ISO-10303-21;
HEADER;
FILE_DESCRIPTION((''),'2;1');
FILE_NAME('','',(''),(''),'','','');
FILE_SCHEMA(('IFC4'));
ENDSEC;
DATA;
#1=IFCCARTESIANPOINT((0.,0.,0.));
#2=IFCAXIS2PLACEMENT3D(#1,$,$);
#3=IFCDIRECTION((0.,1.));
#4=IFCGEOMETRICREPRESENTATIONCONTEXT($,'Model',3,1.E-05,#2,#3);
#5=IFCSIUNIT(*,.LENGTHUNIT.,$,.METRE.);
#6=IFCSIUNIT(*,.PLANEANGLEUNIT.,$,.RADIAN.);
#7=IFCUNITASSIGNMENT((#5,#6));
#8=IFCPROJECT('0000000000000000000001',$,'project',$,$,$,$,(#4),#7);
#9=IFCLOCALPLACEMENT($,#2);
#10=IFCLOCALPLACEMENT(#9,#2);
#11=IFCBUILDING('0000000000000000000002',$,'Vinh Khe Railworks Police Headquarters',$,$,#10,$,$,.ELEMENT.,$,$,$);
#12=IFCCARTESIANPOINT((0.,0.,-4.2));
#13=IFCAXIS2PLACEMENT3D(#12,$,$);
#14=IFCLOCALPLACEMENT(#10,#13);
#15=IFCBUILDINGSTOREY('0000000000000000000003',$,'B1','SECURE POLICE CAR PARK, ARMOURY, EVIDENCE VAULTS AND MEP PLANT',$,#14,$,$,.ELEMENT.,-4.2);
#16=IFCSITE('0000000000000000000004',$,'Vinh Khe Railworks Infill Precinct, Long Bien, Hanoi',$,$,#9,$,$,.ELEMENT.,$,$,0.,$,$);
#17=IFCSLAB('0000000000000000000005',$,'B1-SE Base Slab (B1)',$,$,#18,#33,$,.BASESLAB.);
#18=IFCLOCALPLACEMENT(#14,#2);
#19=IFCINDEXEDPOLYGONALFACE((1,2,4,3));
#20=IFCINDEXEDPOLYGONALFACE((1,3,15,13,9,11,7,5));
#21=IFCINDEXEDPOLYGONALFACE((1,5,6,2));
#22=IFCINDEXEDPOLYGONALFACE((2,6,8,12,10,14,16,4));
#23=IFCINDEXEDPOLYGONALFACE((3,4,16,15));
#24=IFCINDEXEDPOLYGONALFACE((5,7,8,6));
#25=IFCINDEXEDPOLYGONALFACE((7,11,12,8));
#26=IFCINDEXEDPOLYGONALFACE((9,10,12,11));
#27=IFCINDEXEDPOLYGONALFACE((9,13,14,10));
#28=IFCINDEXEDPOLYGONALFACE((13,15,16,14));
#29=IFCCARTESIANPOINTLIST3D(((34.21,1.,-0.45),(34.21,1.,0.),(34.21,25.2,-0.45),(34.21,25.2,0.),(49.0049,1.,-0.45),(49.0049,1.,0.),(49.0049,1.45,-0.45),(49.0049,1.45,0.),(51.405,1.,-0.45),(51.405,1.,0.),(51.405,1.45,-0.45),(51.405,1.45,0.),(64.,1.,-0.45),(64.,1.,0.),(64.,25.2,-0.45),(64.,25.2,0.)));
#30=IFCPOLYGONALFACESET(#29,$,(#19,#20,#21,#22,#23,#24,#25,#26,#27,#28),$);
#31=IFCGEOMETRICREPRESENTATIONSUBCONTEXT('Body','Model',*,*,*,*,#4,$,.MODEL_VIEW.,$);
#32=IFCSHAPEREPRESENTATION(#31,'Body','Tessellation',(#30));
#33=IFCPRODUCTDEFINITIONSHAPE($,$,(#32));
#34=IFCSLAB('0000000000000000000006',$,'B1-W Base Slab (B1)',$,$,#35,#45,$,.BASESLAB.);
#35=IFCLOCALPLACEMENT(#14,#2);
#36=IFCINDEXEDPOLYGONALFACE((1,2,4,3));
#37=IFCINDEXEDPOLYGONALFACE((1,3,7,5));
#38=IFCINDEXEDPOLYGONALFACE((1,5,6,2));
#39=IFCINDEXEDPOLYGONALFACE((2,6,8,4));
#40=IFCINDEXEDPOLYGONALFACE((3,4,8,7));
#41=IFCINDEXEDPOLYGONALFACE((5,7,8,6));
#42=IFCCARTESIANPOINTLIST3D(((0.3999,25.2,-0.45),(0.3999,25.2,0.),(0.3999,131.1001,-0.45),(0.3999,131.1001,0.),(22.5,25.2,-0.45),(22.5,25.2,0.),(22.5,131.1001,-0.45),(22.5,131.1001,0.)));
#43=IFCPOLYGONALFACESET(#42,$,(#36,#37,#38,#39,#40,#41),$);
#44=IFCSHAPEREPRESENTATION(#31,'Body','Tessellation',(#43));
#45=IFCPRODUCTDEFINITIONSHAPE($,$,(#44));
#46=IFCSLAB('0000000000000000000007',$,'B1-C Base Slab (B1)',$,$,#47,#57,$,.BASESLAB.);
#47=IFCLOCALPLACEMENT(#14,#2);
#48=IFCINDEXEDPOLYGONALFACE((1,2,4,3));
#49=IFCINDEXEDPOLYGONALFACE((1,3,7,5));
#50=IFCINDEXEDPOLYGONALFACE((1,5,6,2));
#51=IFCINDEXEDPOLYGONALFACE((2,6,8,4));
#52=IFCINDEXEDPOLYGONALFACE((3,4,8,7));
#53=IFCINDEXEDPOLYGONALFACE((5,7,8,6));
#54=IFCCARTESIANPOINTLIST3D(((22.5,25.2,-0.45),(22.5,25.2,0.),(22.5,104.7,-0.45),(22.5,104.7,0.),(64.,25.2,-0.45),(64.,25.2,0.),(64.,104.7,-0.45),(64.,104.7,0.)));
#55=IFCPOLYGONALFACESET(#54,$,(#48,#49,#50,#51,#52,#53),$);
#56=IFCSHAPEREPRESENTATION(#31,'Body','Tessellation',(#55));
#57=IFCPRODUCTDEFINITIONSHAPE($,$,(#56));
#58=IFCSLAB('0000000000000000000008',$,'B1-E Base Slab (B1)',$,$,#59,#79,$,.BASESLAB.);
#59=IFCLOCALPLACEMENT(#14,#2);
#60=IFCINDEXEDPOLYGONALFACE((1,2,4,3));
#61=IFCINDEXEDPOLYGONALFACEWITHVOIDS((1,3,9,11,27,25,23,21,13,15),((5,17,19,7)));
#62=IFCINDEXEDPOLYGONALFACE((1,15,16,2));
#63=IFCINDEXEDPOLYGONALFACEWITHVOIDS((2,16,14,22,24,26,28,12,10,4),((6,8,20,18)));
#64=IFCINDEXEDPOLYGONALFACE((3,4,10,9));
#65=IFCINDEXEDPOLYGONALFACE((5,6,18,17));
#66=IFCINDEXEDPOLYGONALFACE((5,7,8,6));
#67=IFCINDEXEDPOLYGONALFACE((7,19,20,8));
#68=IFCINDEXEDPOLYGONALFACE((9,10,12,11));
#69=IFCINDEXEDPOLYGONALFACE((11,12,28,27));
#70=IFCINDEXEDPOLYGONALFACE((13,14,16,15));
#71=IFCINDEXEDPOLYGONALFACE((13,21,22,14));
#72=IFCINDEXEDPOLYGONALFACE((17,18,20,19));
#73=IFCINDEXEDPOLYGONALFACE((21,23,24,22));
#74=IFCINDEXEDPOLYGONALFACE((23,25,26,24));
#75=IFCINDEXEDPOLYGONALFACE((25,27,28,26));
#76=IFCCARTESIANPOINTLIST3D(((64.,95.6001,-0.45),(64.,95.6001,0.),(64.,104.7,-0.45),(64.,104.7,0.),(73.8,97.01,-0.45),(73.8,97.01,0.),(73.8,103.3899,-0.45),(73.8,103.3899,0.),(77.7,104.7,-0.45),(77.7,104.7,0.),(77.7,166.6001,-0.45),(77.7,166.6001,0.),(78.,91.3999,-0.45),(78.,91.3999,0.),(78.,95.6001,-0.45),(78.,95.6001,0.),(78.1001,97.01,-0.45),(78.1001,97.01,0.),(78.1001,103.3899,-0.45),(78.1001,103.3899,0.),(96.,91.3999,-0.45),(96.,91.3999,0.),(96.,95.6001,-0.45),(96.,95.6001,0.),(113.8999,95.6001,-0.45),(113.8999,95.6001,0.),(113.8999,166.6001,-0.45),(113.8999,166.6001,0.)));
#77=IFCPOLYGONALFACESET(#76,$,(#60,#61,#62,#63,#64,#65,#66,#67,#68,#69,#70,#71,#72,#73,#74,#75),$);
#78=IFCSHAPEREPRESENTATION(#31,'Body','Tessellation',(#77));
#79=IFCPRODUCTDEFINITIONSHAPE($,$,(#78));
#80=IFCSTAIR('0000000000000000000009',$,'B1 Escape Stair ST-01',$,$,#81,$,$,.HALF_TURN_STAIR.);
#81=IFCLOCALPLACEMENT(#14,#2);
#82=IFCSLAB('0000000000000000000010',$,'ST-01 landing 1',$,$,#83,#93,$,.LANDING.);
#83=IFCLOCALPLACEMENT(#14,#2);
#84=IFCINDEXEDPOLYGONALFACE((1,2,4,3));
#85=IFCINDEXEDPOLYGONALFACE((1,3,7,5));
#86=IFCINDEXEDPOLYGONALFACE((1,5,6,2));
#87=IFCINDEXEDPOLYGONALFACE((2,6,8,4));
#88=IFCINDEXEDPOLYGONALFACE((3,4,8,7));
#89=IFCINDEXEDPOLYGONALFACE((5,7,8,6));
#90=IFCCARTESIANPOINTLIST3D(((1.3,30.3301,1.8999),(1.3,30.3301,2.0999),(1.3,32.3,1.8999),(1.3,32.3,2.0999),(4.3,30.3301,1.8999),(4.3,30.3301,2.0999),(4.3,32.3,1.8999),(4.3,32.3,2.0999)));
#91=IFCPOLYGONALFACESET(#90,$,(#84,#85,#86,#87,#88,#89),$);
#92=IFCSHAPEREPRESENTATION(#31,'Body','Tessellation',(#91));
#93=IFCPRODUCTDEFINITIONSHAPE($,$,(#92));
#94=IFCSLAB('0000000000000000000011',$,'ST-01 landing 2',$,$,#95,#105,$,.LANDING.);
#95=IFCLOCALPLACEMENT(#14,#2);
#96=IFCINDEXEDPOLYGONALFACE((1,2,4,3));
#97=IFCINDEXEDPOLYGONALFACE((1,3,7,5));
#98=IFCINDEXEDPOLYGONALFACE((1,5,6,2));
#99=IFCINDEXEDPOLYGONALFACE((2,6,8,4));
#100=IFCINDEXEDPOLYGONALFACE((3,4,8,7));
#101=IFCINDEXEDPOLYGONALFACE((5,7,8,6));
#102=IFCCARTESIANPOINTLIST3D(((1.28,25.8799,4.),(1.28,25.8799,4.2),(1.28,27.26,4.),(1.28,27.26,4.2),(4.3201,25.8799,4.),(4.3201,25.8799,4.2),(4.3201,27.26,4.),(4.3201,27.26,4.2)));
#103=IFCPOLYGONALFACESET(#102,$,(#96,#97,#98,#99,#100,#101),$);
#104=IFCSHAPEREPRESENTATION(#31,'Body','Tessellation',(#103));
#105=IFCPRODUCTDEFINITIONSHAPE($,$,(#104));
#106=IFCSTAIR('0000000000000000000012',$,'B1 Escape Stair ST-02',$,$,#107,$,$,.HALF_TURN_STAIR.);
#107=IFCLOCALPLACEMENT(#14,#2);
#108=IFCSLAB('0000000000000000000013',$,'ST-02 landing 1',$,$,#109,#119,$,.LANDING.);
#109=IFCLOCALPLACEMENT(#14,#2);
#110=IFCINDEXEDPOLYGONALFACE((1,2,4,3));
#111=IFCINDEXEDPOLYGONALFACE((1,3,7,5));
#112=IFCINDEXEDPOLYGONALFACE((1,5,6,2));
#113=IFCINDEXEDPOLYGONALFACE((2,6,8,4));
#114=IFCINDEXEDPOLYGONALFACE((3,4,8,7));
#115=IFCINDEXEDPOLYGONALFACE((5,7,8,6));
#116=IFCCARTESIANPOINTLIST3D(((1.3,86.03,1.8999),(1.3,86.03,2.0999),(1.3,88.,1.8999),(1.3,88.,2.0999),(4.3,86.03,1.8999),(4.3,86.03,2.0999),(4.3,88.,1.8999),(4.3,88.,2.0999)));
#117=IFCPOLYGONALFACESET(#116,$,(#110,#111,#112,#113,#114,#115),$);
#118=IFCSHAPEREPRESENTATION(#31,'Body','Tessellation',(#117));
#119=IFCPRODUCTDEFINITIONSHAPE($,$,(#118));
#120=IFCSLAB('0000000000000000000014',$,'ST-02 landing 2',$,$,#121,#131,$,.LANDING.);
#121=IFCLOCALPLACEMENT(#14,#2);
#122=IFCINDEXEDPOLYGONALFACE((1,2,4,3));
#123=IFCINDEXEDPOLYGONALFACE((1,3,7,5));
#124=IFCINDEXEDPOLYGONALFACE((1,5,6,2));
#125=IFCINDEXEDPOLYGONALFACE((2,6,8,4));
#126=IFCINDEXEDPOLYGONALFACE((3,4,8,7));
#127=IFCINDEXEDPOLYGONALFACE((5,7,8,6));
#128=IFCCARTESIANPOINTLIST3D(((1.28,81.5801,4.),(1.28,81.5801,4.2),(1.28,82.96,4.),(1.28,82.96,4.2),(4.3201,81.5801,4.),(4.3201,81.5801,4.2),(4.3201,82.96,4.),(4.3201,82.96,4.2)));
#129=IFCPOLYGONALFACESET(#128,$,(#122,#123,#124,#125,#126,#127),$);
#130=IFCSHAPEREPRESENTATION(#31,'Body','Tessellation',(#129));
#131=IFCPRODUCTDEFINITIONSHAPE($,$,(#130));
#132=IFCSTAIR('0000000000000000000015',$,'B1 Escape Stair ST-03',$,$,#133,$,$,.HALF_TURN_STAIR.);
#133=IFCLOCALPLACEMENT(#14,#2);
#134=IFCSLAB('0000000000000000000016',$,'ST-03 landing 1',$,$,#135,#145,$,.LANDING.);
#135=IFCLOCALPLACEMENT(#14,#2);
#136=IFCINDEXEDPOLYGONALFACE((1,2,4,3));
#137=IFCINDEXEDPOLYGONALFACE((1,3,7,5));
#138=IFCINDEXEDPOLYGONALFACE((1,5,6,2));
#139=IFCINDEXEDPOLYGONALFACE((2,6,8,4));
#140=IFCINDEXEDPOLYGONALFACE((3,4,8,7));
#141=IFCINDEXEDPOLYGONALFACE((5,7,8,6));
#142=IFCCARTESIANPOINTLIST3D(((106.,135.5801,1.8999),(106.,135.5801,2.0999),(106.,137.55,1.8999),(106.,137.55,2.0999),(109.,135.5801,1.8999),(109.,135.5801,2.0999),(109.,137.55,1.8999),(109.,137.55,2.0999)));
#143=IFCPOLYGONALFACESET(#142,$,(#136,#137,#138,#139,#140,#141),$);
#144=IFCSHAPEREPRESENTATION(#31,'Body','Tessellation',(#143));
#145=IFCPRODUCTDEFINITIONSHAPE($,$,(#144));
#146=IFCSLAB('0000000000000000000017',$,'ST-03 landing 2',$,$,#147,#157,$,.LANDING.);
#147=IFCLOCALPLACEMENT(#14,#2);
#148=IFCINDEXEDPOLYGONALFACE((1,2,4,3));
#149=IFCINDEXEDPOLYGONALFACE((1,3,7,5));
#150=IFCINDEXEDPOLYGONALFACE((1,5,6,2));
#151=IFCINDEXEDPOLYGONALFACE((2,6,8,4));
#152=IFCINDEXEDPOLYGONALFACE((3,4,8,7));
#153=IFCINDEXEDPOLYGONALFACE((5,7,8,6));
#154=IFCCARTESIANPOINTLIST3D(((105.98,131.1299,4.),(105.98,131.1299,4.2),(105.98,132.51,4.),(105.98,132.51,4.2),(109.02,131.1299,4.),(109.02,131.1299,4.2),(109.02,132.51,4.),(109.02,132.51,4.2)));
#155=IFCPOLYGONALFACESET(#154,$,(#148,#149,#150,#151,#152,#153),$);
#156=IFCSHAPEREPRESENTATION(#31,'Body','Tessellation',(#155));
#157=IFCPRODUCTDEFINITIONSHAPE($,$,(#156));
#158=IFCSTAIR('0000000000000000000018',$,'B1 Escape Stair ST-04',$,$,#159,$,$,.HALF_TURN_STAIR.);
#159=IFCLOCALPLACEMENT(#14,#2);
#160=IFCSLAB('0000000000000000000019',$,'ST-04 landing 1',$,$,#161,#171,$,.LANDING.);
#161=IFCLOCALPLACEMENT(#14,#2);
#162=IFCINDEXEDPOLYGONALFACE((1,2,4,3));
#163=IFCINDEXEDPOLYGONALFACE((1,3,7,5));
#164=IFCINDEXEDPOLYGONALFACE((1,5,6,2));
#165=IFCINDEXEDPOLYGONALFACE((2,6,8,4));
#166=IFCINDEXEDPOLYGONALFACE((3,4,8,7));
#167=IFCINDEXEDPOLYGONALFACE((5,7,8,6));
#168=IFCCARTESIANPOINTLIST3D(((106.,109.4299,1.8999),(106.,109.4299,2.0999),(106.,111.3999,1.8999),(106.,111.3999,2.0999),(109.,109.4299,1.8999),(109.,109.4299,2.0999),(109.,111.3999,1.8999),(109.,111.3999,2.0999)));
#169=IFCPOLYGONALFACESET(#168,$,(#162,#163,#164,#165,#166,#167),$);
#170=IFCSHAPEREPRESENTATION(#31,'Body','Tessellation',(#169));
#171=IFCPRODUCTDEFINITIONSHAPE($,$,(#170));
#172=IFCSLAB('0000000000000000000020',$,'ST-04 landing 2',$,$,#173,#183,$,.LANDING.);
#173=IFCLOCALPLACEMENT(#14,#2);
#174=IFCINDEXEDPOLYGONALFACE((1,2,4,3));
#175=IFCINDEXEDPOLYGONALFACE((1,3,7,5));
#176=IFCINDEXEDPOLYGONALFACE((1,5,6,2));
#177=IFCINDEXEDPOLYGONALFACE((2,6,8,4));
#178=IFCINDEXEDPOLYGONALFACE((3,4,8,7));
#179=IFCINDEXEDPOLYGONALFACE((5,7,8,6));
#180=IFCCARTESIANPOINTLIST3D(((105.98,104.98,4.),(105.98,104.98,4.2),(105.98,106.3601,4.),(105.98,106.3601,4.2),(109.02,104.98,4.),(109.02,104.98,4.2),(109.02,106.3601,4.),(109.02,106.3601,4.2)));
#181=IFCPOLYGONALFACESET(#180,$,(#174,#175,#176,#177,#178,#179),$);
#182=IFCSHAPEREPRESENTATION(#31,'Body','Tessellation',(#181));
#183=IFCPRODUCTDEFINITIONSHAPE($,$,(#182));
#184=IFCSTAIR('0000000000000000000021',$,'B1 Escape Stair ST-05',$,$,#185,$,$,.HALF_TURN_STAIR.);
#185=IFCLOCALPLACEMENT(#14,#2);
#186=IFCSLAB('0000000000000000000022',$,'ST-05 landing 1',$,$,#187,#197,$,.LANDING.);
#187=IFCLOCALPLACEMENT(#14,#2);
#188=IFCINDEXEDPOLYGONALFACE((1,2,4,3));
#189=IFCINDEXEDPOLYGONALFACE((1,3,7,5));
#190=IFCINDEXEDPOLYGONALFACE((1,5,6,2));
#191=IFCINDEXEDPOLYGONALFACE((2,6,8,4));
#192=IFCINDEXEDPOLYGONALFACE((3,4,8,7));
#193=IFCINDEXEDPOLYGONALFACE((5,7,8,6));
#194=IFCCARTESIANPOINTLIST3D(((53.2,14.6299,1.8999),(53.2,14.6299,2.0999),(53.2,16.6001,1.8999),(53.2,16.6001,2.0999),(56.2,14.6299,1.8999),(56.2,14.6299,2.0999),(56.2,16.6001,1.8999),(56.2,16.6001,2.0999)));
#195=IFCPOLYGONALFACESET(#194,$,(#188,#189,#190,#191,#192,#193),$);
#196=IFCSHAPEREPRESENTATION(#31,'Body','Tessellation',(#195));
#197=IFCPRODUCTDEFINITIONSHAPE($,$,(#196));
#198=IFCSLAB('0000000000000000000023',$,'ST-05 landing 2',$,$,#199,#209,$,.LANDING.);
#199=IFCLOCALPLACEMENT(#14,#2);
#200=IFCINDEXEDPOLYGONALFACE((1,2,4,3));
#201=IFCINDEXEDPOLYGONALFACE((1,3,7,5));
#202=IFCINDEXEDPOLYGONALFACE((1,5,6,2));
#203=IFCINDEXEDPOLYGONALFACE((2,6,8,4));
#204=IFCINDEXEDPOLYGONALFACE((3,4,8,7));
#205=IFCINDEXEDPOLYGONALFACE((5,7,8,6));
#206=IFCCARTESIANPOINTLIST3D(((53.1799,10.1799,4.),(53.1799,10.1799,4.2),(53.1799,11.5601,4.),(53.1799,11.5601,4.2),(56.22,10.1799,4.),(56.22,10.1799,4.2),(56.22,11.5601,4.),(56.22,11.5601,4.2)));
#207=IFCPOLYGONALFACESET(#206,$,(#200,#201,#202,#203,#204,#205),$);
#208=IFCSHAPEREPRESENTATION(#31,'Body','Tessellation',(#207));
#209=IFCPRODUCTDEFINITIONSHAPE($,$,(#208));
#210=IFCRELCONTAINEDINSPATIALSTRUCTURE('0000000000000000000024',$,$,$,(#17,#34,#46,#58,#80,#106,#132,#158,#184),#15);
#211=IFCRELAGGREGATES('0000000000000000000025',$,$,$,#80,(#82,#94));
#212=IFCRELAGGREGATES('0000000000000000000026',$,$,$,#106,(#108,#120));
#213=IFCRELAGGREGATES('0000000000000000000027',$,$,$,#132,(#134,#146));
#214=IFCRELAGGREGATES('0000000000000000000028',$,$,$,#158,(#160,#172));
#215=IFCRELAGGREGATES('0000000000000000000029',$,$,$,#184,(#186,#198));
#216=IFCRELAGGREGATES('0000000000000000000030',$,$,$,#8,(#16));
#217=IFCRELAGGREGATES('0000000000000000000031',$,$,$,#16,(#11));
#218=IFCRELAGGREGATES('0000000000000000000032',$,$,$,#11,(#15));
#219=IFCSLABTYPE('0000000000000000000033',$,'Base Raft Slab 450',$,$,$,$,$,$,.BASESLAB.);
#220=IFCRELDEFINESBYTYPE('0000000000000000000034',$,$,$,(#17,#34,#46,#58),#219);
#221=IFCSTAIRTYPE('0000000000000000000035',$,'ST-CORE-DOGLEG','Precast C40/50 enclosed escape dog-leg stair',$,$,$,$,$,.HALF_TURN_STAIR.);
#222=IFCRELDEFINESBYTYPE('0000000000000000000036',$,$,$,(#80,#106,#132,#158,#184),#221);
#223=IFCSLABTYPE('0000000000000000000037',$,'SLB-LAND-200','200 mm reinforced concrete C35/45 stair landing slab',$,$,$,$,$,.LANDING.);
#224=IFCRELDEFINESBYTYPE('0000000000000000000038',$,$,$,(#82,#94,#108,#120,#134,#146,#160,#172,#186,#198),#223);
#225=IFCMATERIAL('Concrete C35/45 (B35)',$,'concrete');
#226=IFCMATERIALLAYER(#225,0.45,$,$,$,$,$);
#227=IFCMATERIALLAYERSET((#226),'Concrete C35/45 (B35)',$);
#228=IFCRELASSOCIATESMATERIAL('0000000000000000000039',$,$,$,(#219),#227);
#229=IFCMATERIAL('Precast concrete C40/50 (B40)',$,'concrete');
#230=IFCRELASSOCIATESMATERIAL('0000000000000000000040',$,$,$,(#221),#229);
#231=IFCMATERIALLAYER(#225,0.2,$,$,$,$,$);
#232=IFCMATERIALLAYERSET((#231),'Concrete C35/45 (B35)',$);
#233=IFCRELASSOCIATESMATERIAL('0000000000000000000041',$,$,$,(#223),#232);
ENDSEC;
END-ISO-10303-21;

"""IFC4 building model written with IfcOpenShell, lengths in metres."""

from ifc_helpers import new_model, si_unit, direction, frame, origin, place, context, subcontext, project, spatial, polyline, outline, extrude, material, layer, layer_set, type_object, element, aggregate, save


model = new_model("IFC4")

# Units and contexts
model_context = context("Model", 3, precision=1e-05, world=origin(), true_north=direction((0.0, 1.0)))
body_context = subcontext(model_context, "Body", "Model", "MODEL_VIEW")
ifc_project = project(units=[si_unit("LENGTHUNIT", "METRE"), si_unit("PLANEANGLEUNIT", "RADIAN")], contexts=[model_context])

# Site, building, storey
site_placement = place(None, origin())
site = spatial("IfcSite", under=ifc_project, at=site_placement, Name="Vinh Khe Railworks Infill Precinct, Long Bien, Hanoi", CompositionType="ELEMENT", RefElevation=0.0)
building_placement = place(site_placement, origin())
building = spatial("IfcBuilding", under=site, at=building_placement, Name="Vinh Khe Railworks Police Headquarters", CompositionType="ELEMENT")
storey_placement = place(building_placement, frame((0.0, 0.0, -4.2)))
storey = spatial("IfcBuildingStorey", under=building, at=storey_placement, Name="B1", Description="SECURE POLICE CAR PARK, ARMOURY, EVIDENCE VAULTS AND MEP PLANT", CompositionType="ELEMENT", Elevation=-4.2)

# Shared definitions
ifc_material_1 = material(Name="Concrete C35/45 (B35)", Category="concrete")

# Slabs
ifc_layer_1 = layer(ifc_material_1, 0.45)
ifc_layer_set_1 = layer_set([ifc_layer_1], Name="Concrete C35/45 (B35)")
slab_type_1 = type_object("IfcSlabType", Name="Base Raft Slab 450", PredefinedType="BASESLAB", material=ifc_layer_set_1)
slab_1_placement = place(storey_placement, frame((0.0, 0.0, -0.45)))
element("IfcSlab", 1, at=slab_1_placement, inside=storey, type_object=slab_type_1, Name="B1-SE Base Slab (B1)", PredefinedType="BASESLAB", context=body_context, shape_type="SweptSolid", body=[
    extrude(outline(polyline([(34.21, 1.0), (49.0049, 1.0), (49.0049, 1.45), (51.405, 1.45), (51.405, 1.0), (64.0, 1.0), (64.0, 25.2), (34.21, 25.2), (34.21, 1.0)])), origin(), (0.0, 0.0, 1.0), 0.45),
])
slab_2_placement = place(storey_placement, frame((0.0, 0.0, -0.45)))
element("IfcSlab", 2, at=slab_2_placement, inside=storey, type_object=slab_type_1, Name="B1-W Base Slab (B1)", PredefinedType="BASESLAB", context=body_context, shape_type="SweptSolid", body=[
    extrude(outline(polyline([(0.3999, 25.2), (22.5, 25.2), (22.5, 131.1001), (0.3999, 131.1001), (0.3999, 25.2)])), origin(), (0.0, 0.0, 1.0), 0.45),
])
slab_3_placement = place(storey_placement, frame((0.0, 0.0, -0.45)))
element("IfcSlab", 3, at=slab_3_placement, inside=storey, type_object=slab_type_1, Name="B1-C Base Slab (B1)", PredefinedType="BASESLAB", context=body_context, shape_type="SweptSolid", body=[
    extrude(outline(polyline([(22.5, 25.2), (64.0, 25.2), (64.0, 104.7), (22.5, 104.7), (22.5, 25.2)])), origin(), (0.0, 0.0, 1.0), 0.45),
])
slab_4_placement = place(storey_placement, frame((0.0, 0.0, -0.45)))
element("IfcSlab", 4, at=slab_4_placement, inside=storey, type_object=slab_type_1, Name="B1-E Base Slab (B1)", PredefinedType="BASESLAB", context=body_context, shape_type="SweptSolid", body=[
    extrude(outline(polyline([(64.0, 95.6001), (78.0, 95.6001), (78.0, 91.3999), (96.0, 91.3999), (96.0, 95.6001), (113.8999, 95.6001), (113.8999, 166.6001), (77.7, 166.6001), (77.7, 104.7), (64.0, 104.7), (64.0, 95.6001)]), holes=[polyline([(73.8, 97.01), (78.1001, 97.01), (78.1001, 103.3899), (73.8, 103.3899), (73.8, 97.01)])]), origin(), (0.0, 0.0, 1.0), 0.45),
])

# Stairs, slabs
ifc_material_2 = material(Name="Precast concrete C40/50 (B40)", Category="concrete")
stair_type = type_object("IfcStairType", Name="ST-CORE-DOGLEG", Description="Precast C40/50 enclosed escape dog-leg stair", PredefinedType="HALF_TURN_STAIR", material=ifc_material_2)
stair_1_placement = place(storey_placement, origin())
stair_1 = element("IfcStair", 5, at=stair_1_placement, inside=storey, type_object=stair_type, Name="B1 Escape Stair ST-01", PredefinedType="HALF_TURN_STAIR")
ifc_layer_2 = layer(ifc_material_1, 0.2)
ifc_layer_set_2 = layer_set([ifc_layer_2], Name="Concrete C35/45 (B35)")
slab_type_2 = type_object("IfcSlabType", Name="SLB-LAND-200", Description="200 mm reinforced concrete C35/45 stair landing slab", PredefinedType="LANDING", material=ifc_layer_set_2)
slab_5_placement = place(storey_placement, frame((0.0, 0.0, 1.8999)))
slab_5 = element("IfcSlab", 6, at=slab_5_placement, type_object=slab_type_2, Name="ST-01 landing 1", PredefinedType="LANDING", context=body_context, shape_type="SweptSolid", body=[
    extrude(outline(polyline([(4.3, 30.3301), (4.3, 32.3), (1.3, 32.3), (1.3, 30.3301), (4.3, 30.3301)])), origin(), (0.0, 0.0, 1.0), 0.2),
])
slab_6_placement = place(storey_placement, frame((0.0, 0.0, 4.0)))
slab_6 = element("IfcSlab", 7, at=slab_6_placement, type_object=slab_type_2, Name="ST-01 landing 2", PredefinedType="LANDING", context=body_context, shape_type="SweptSolid", body=[
    extrude(outline(polyline([(1.28, 25.8799), (4.3201, 25.8799), (4.3201, 27.26), (1.28, 27.26), (1.28, 25.8799)])), origin(), (0.0, 0.0, 1.0), 0.2),
])
aggregate(stair_1, [slab_5, slab_6])
stair_2_placement = place(storey_placement, origin())
stair_2 = element("IfcStair", 8, at=stair_2_placement, inside=storey, type_object=stair_type, Name="B1 Escape Stair ST-02", PredefinedType="HALF_TURN_STAIR")
slab_7_placement = place(storey_placement, frame((0.0, 0.0, 1.8999)))
slab_7 = element("IfcSlab", 9, at=slab_7_placement, type_object=slab_type_2, Name="ST-02 landing 1", PredefinedType="LANDING", context=body_context, shape_type="SweptSolid", body=[
    extrude(outline(polyline([(4.3, 86.03), (4.3, 88.0), (1.3, 88.0), (1.3, 86.03), (4.3, 86.03)])), origin(), (0.0, 0.0, 1.0), 0.2),
])
slab_8_placement = place(storey_placement, frame((0.0, 0.0, 4.0)))
slab_8 = element("IfcSlab", 10, at=slab_8_placement, type_object=slab_type_2, Name="ST-02 landing 2", PredefinedType="LANDING", context=body_context, shape_type="SweptSolid", body=[
    extrude(outline(polyline([(1.28, 81.5801), (4.3201, 81.5801), (4.3201, 82.96), (1.28, 82.96), (1.28, 81.5801)])), origin(), (0.0, 0.0, 1.0), 0.2),
])
aggregate(stair_2, [slab_7, slab_8])
stair_3_placement = place(storey_placement, origin())
stair_3 = element("IfcStair", 11, at=stair_3_placement, inside=storey, type_object=stair_type, Name="B1 Escape Stair ST-03", PredefinedType="HALF_TURN_STAIR")
slab_9_placement = place(storey_placement, frame((0.0, 0.0, 1.8999)))
slab_9 = element("IfcSlab", 12, at=slab_9_placement, type_object=slab_type_2, Name="ST-03 landing 1", PredefinedType="LANDING", context=body_context, shape_type="SweptSolid", body=[
    extrude(outline(polyline([(109.0, 135.5801), (109.0, 137.55), (106.0, 137.55), (106.0, 135.5801), (109.0, 135.5801)])), origin(), (0.0, 0.0, 1.0), 0.2),
])
slab_10_placement = place(storey_placement, frame((0.0, 0.0, 4.0)))
slab_10 = element("IfcSlab", 13, at=slab_10_placement, type_object=slab_type_2, Name="ST-03 landing 2", PredefinedType="LANDING", context=body_context, shape_type="SweptSolid", body=[
    extrude(outline(polyline([(105.98, 131.1299), (109.02, 131.1299), (109.02, 132.51), (105.98, 132.51), (105.98, 131.1299)])), origin(), (0.0, 0.0, 1.0), 0.2),
])
aggregate(stair_3, [slab_9, slab_10])
stair_4_placement = place(storey_placement, origin())
stair_4 = element("IfcStair", 14, at=stair_4_placement, inside=storey, type_object=stair_type, Name="B1 Escape Stair ST-04", PredefinedType="HALF_TURN_STAIR")
slab_11_placement = place(storey_placement, frame((0.0, 0.0, 1.8999)))
slab_11 = element("IfcSlab", 15, at=slab_11_placement, type_object=slab_type_2, Name="ST-04 landing 1", PredefinedType="LANDING", context=body_context, shape_type="SweptSolid", body=[
    extrude(outline(polyline([(109.0, 109.4299), (109.0, 111.3999), (106.0, 111.3999), (106.0, 109.4299), (109.0, 109.4299)])), origin(), (0.0, 0.0, 1.0), 0.2),
])
slab_12_placement = place(storey_placement, frame((0.0, 0.0, 4.0)))
slab_12 = element("IfcSlab", 16, at=slab_12_placement, type_object=slab_type_2, Name="ST-04 landing 2", PredefinedType="LANDING", context=body_context, shape_type="SweptSolid", body=[
    extrude(outline(polyline([(105.98, 104.98), (109.02, 104.98), (109.02, 106.3601), (105.98, 106.3601), (105.98, 104.98)])), origin(), (0.0, 0.0, 1.0), 0.2),
])
aggregate(stair_4, [slab_11, slab_12])
stair_5_placement = place(storey_placement, origin())
stair_5 = element("IfcStair", 17, at=stair_5_placement, inside=storey, type_object=stair_type, Name="B1 Escape Stair ST-05", PredefinedType="HALF_TURN_STAIR")
slab_13_placement = place(storey_placement, frame((0.0, 0.0, 1.8999)))
slab_13 = element("IfcSlab", 18, at=slab_13_placement, type_object=slab_type_2, Name="ST-05 landing 1", PredefinedType="LANDING", context=body_context, shape_type="SweptSolid", body=[
    extrude(outline(polyline([(56.2, 14.6299), (56.2, 16.6001), (53.2, 16.6001), (53.2, 14.6299), (56.2, 14.6299)])), origin(), (0.0, 0.0, 1.0), 0.2),
])
slab_14_placement = place(storey_placement, frame((0.0, 0.0, 4.0)))
slab_14 = element("IfcSlab", 19, at=slab_14_placement, type_object=slab_type_2, Name="ST-05 landing 2", PredefinedType="LANDING", context=body_context, shape_type="SweptSolid", body=[
    extrude(outline(polyline([(53.1799, 10.1799), (56.22, 10.1799), (56.22, 11.5601), (53.1799, 11.5601), (53.1799, 10.1799)])), origin(), (0.0, 0.0, 1.0), 0.2),
])
aggregate(stair_5, [slab_13, slab_14])

save(model, "model.ifc")
